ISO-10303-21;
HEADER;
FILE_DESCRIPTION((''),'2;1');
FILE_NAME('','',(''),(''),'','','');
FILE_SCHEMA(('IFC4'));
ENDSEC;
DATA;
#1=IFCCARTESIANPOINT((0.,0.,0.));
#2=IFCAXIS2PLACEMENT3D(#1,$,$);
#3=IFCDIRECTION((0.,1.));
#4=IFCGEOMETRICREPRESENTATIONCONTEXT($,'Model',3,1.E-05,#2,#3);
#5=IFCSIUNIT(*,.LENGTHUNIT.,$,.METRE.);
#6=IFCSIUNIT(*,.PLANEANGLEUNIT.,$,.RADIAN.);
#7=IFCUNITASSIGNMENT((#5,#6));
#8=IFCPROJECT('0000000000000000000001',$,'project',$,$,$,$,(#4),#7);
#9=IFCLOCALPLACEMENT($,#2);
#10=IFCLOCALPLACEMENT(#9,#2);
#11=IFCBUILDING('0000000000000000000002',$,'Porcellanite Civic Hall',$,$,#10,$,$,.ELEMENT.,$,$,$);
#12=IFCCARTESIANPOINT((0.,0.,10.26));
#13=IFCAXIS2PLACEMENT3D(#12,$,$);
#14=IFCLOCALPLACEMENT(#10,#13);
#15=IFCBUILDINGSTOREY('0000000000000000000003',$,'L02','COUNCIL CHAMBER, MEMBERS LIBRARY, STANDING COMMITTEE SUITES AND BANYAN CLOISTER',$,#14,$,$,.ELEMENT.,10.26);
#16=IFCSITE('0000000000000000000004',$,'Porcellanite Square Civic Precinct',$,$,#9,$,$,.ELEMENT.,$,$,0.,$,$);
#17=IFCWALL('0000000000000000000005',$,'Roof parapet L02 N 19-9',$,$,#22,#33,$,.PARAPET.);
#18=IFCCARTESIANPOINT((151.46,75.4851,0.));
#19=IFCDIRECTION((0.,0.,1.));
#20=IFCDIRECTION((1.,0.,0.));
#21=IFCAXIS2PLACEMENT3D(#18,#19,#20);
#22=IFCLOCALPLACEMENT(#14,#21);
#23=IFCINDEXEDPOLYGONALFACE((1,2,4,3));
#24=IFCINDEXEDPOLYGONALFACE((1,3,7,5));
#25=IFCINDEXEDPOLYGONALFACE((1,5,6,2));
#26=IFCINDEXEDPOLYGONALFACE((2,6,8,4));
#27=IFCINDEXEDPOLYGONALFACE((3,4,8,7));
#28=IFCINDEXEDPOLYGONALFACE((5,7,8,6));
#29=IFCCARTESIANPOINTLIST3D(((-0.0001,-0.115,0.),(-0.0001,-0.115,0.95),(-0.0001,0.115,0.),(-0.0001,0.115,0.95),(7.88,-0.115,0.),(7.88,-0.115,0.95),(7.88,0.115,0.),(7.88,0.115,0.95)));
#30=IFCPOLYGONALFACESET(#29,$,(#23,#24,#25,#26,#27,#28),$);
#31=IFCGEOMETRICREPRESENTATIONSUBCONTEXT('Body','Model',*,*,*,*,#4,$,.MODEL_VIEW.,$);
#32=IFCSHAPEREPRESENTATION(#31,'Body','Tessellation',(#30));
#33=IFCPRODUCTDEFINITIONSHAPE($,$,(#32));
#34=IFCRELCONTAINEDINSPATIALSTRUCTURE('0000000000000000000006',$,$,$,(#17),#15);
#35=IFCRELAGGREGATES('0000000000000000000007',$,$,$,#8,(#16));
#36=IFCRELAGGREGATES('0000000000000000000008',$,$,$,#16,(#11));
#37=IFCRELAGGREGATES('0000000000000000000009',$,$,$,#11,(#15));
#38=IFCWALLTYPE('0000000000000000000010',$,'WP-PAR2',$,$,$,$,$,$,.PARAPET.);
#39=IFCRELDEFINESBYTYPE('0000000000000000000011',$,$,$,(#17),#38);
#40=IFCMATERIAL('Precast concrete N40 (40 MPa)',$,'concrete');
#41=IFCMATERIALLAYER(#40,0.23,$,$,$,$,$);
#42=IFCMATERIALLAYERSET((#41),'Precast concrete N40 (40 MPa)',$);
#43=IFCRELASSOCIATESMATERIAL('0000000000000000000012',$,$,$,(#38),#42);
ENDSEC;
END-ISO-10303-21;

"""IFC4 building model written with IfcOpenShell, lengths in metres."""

from ifc_helpers import new_model, si_unit, direction, frame, frame_2d, origin, place, context, subcontext, project, spatial, rectangle, extrude, material, layer, layer_set, type_object, element, save


model = new_model("IFC4")

# Units and contexts
model_context = context("Model", 3, precision=1e-05, world=origin(), true_north=direction((0.0, 1.0)))
body_context = subcontext(model_context, "Body", "Model", "MODEL_VIEW")
ifc_project = project(units=[si_unit("LENGTHUNIT", "METRE"), si_unit("PLANEANGLEUNIT", "RADIAN")], contexts=[model_context])

# Site, building, storey
site_placement = place(None, origin())
site = spatial("IfcSite", under=ifc_project, at=site_placement, Name="Porcellanite Square Civic Precinct", CompositionType="ELEMENT", RefElevation=0.0)
building_placement = place(site_placement, origin())
building = spatial("IfcBuilding", under=site, at=building_placement, Name="Porcellanite Civic Hall", CompositionType="ELEMENT")
storey_placement = place(building_placement, frame((0.0, 0.0, 10.26)))
storey = spatial("IfcBuildingStorey", under=building, at=storey_placement, Name="L02", Description="COUNCIL CHAMBER, MEMBERS LIBRARY, STANDING COMMITTEE SUITES AND BANYAN CLOISTER", CompositionType="ELEMENT", Elevation=10.26)

# Wall
ifc_material_1 = material(Name="Precast concrete N40 (40 MPa)", Category="concrete")
ifc_layer_1 = layer(ifc_material_1, 0.23)
ifc_layer_set_1 = layer_set([ifc_layer_1], Name="Precast concrete N40 (40 MPa)")
wall_type_1 = type_object("IfcWallType", Name="WP-PAR2", PredefinedType="PARAPET", material=ifc_layer_set_1)
wall_1_placement = place(storey_placement, frame((151.46, 75.4851, 0.0), z_axis=(0.0, 0.0, 1.0), x_axis=(1.0, 0.0, 0.0)))
element("IfcWall", 1, at=wall_1_placement, inside=storey, type_object=wall_type_1, Name="Roof parapet L02 N 19-9", PredefinedType="PARAPET", context=body_context, shape_type="SweptSolid", body=[
    extrude(rectangle(XDim=7.8801, YDim=0.23, at=frame_2d((3.9399, 0.0))), origin(), (0.0, 0.0, 1.0), 0.95),
])

save(model, "model.ifc")
